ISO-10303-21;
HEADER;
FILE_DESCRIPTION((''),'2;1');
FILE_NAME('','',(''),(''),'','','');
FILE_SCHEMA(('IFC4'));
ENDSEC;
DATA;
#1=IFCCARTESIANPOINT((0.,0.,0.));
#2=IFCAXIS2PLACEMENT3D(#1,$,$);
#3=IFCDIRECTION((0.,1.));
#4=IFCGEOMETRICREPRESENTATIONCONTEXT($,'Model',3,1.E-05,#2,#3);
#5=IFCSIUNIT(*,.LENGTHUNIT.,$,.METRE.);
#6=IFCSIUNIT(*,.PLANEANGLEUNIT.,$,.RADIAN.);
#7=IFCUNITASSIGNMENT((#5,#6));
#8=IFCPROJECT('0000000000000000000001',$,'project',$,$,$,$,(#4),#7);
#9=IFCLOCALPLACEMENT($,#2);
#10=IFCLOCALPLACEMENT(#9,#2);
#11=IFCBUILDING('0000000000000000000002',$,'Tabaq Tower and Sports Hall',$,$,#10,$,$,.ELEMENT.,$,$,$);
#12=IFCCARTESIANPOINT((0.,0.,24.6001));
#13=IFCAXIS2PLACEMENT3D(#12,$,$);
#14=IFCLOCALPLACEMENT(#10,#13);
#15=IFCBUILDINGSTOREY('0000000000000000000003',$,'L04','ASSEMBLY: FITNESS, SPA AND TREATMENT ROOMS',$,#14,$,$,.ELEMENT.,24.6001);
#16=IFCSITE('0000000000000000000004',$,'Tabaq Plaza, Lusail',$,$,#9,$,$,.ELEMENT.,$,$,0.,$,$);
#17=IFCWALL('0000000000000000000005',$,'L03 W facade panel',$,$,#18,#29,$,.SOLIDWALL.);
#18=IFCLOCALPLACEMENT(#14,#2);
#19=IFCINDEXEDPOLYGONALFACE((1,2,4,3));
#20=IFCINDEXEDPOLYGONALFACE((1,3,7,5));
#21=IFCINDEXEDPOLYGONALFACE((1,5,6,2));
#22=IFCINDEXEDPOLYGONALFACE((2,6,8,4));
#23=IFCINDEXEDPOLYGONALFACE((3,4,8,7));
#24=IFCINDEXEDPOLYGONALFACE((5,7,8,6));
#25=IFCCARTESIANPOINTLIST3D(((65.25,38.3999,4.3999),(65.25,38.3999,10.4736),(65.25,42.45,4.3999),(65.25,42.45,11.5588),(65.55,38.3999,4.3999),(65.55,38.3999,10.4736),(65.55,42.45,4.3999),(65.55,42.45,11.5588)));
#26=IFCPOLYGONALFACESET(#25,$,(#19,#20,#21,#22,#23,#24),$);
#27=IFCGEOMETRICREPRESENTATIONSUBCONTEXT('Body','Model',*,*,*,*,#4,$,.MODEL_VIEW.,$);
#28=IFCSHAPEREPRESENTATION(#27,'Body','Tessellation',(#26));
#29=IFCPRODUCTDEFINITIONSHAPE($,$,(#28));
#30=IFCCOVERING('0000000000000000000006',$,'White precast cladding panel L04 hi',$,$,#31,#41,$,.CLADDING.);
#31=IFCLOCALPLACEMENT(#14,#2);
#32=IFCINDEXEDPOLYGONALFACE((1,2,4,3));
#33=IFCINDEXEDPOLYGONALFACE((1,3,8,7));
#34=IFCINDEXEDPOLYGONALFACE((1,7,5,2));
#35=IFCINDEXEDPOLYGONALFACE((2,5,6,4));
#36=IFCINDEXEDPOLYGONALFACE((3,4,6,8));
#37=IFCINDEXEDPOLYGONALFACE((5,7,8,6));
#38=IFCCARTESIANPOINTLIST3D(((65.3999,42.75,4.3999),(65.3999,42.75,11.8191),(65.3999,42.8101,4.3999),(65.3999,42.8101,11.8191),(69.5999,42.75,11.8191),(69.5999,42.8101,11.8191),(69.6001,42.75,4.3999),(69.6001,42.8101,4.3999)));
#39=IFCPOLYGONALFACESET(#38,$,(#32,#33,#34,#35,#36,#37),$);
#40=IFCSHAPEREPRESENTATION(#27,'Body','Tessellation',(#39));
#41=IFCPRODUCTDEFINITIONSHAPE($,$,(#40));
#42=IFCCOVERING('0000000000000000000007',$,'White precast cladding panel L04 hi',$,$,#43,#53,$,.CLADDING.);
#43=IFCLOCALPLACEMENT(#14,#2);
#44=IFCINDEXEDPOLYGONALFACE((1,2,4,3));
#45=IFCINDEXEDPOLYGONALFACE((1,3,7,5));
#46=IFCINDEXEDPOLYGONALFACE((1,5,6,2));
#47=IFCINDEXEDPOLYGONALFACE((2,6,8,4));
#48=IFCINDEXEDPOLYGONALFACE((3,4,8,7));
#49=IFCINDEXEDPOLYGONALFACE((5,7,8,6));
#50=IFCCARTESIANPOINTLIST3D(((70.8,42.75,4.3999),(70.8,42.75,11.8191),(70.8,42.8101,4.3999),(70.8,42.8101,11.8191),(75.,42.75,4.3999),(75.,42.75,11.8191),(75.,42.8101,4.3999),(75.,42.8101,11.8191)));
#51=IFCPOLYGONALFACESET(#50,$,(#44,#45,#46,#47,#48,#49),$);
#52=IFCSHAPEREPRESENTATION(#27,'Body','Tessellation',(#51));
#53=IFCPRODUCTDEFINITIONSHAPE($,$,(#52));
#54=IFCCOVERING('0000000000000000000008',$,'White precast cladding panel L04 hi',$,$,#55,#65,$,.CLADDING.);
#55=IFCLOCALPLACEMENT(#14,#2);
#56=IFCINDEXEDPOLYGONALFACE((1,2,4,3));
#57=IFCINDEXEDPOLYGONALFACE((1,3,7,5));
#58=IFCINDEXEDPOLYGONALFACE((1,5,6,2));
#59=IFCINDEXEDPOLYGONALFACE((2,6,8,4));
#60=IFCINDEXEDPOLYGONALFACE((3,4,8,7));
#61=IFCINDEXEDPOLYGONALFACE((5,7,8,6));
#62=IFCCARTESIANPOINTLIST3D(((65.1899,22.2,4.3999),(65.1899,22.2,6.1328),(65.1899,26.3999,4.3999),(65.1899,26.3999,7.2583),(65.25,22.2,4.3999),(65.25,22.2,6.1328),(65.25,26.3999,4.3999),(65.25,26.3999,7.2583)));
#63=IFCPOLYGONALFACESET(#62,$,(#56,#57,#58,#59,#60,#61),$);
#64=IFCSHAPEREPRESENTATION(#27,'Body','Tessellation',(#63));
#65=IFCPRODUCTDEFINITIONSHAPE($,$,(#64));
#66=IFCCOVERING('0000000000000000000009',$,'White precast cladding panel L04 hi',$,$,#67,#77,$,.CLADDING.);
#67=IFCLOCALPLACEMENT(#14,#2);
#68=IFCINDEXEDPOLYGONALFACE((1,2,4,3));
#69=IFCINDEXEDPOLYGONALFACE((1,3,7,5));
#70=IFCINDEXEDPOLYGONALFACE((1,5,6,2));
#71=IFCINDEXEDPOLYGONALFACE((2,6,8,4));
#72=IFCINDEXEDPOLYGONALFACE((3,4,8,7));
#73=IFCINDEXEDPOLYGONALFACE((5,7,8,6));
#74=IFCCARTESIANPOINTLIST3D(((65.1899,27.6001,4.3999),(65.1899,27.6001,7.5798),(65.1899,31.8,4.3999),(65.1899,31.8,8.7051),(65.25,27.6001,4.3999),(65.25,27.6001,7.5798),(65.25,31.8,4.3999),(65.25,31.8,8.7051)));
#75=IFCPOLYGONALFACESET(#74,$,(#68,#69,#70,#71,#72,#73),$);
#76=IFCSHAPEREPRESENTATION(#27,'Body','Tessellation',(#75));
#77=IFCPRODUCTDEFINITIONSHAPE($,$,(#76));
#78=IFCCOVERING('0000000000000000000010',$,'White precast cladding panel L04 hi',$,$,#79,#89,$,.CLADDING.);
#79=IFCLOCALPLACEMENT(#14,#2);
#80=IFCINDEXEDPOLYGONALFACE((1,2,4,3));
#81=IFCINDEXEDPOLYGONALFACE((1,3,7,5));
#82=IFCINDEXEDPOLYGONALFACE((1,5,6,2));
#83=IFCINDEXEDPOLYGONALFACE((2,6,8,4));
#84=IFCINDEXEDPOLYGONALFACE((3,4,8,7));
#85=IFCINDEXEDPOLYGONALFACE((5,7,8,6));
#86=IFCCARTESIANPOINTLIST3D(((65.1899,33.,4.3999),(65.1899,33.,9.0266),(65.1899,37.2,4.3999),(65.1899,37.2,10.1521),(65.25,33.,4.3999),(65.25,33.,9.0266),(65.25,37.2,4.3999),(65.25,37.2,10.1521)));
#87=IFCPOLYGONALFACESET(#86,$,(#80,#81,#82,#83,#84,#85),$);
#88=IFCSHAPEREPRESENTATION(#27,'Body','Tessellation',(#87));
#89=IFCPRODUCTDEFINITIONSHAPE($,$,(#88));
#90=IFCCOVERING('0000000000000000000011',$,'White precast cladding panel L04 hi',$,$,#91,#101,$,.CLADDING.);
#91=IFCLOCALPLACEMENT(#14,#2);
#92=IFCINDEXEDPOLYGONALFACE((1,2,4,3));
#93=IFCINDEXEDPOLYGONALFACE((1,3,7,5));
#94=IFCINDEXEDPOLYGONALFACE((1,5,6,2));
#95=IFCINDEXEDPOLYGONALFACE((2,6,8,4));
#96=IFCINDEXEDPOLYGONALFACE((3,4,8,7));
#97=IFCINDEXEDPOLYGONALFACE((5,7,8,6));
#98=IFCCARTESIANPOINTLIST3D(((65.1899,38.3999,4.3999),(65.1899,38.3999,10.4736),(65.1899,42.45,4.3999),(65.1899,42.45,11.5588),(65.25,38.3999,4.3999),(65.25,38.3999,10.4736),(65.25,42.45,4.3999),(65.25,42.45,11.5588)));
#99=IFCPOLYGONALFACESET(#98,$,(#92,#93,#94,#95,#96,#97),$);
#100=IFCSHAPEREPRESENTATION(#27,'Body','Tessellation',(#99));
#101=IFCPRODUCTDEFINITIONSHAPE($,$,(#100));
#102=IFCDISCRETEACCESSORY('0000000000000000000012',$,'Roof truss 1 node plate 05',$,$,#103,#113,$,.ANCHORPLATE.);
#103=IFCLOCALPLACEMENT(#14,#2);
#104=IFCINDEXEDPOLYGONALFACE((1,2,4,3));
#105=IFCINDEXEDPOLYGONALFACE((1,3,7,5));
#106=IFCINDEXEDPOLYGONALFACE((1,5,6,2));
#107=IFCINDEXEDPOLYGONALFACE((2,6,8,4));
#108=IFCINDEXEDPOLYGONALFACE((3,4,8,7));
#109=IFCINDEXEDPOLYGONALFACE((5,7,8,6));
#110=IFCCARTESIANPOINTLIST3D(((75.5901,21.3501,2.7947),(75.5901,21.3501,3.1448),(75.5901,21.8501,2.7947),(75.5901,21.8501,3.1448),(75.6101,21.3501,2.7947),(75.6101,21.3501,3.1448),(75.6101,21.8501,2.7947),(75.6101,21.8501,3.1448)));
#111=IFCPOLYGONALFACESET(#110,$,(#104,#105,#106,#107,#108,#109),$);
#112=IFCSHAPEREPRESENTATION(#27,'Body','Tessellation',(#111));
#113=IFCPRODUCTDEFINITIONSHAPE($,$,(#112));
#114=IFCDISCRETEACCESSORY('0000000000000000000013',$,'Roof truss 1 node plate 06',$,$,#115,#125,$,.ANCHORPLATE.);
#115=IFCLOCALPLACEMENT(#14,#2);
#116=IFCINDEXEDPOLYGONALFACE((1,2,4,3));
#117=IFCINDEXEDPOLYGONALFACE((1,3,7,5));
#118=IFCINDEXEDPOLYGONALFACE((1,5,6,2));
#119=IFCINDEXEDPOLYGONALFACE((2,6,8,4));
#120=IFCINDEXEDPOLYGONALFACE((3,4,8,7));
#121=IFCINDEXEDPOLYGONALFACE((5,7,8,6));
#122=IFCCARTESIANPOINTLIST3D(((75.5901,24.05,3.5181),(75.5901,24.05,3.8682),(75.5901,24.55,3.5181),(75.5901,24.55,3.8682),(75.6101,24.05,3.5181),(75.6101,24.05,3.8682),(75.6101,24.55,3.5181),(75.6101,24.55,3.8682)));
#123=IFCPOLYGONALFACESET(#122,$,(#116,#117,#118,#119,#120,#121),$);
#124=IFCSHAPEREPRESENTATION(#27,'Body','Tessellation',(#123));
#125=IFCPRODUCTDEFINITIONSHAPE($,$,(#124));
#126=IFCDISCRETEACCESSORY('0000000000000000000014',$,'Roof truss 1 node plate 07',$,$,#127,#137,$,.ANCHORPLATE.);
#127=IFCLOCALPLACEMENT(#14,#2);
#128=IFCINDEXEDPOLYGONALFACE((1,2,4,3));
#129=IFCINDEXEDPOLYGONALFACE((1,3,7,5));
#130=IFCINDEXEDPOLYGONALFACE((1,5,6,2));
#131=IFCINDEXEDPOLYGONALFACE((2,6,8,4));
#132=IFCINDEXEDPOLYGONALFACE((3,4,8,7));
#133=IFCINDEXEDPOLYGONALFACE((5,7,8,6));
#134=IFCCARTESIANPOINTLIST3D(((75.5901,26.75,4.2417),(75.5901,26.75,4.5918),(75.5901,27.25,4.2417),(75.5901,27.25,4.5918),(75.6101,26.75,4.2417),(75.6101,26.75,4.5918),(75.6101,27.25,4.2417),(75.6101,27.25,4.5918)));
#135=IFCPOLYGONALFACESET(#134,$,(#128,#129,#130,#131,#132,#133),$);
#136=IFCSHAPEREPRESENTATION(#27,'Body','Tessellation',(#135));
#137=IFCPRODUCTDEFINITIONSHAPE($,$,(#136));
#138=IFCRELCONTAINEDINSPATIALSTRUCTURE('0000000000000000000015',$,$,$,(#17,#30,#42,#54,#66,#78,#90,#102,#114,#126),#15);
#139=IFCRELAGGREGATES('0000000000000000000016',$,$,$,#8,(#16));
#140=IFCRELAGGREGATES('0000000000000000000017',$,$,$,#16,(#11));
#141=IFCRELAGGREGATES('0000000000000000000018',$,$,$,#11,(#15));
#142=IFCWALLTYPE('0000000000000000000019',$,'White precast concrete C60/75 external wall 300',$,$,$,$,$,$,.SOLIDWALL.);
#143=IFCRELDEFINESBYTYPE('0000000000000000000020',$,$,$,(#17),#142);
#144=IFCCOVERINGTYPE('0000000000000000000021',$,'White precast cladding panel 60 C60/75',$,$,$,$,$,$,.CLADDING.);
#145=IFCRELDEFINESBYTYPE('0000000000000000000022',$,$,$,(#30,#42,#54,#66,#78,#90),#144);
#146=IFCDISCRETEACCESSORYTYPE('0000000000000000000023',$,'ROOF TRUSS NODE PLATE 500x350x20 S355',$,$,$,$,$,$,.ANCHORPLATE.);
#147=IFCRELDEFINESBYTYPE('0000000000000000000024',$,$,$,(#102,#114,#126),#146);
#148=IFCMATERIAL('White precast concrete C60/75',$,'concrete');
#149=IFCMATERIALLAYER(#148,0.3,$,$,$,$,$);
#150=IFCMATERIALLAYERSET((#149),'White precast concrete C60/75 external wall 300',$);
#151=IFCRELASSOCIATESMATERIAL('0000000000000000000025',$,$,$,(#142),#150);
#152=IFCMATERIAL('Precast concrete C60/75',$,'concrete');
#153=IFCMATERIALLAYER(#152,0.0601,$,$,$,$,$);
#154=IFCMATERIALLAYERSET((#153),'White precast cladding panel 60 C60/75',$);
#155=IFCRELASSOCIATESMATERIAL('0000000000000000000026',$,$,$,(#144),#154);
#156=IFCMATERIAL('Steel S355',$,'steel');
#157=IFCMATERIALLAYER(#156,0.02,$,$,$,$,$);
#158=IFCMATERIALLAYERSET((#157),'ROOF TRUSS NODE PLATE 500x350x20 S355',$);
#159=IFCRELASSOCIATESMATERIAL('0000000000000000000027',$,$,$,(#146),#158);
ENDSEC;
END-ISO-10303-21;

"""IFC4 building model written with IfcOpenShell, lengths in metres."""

from ifc_helpers import new_model, si_unit, direction, frame, origin, origin_2d, place, context, subcontext, project, spatial, polyline, rectangle, outline, extrude, material, layer, layer_set, type_object, element, save


model = new_model("IFC4")

# Units and contexts
model_context = context("Model", 3, precision=1e-05, world=origin(), true_north=direction((0.0, 1.0)))
body_context = subcontext(model_context, "Body", "Model", "MODEL_VIEW")
ifc_project = project(units=[si_unit("LENGTHUNIT", "METRE"), si_unit("PLANEANGLEUNIT", "RADIAN")], contexts=[model_context])

# Site, building, storey
site_placement = place(None, origin())
site = spatial("IfcSite", under=ifc_project, at=site_placement, Name="Tabaq Plaza, Lusail", CompositionType="ELEMENT", RefElevation=0.0)
building_placement = place(site_placement, origin())
building = spatial("IfcBuilding", under=site, at=building_placement, Name="Tabaq Tower and Sports Hall", CompositionType="ELEMENT")
storey_placement = place(building_placement, frame((0.0, 0.0, 24.6001)))
storey = spatial("IfcBuildingStorey", under=building, at=storey_placement, Name="L04", Description="ASSEMBLY: FITNESS, SPA AND TREATMENT ROOMS", CompositionType="ELEMENT", Elevation=24.6001)

# Wall
ifc_material_1 = material(Name="White precast concrete C60/75", Category="concrete")
ifc_layer_1 = layer(ifc_material_1, 0.3)
ifc_layer_set_1 = layer_set([ifc_layer_1], Name="White precast concrete C60/75 external wall 300")
wall_type = type_object("IfcWallType", Name="White precast concrete C60/75 external wall 300", PredefinedType="SOLIDWALL", material=ifc_layer_set_1)
wall_1_placement = place(storey_placement, frame((65.3999, 38.3999, 4.3999), z_axis=(0.0, 0.0, 1.0), x_axis=(0.0, 1.0, 0.0)))
element("IfcWall", 1, at=wall_1_placement, inside=storey, type_object=wall_type, Name="L03 W facade panel", PredefinedType="SOLIDWALL", context=body_context, shape_type="SweptSolid", body=[
    extrude(outline(polyline([(0.0, 0.0), (4.05, 0.0), (4.05, 7.1589), (0.0, 6.0737), (0.0, 0.0)])), frame((0.0, 0.1499, 0.0), z_axis=(0.0, -1.0, 0.0), x_axis=(1.0, 0.0, 0.0)), (0.0, 0.0, 1.0), 0.3),
])

# Coverings
ifc_material_2 = material(Name="Precast concrete C60/75", Category="concrete")
ifc_layer_2 = layer(ifc_material_2, 0.0601)
ifc_layer_set_2 = layer_set([ifc_layer_2], Name="White precast cladding panel 60 C60/75")
covering_type = type_object("IfcCoveringType", Name="White precast cladding panel 60 C60/75", PredefinedType="CLADDING", material=ifc_layer_set_2)
covering_1_placement = place(storey_placement, frame((65.3999, 42.78, 4.3999), z_axis=(0.0, 0.0, 1.0), x_axis=(1.0, 0.0, 0.0)))
element("IfcCovering", 2, at=covering_1_placement, inside=storey, type_object=covering_type, Name="White precast cladding panel L04 hi", PredefinedType="CLADDING", context=body_context, shape_type="SweptSolid", body=[
    extrude(outline(polyline([(0.0, 0.0), (4.2002, 0.0), (4.2, 7.4192), (0.0, 7.4192), (0.0, 0.0)])), frame((0.0, 0.03, 0.0), z_axis=(0.0, -1.0, 0.0), x_axis=(1.0, 0.0, 0.0)), (0.0, 0.0, 1.0), 0.0601),
])
covering_2_placement = place(storey_placement, frame((70.8, 42.78, 4.3999), z_axis=(0.0, 0.0, 1.0), x_axis=(1.0, 0.0, 0.0)))
element("IfcCovering", 3, at=covering_2_placement, inside=storey, type_object=covering_type, Name="White precast cladding panel L04 hi", PredefinedType="CLADDING", context=body_context, shape_type="SweptSolid", body=[
    extrude(outline(polyline([(0.0, 0.0), (4.2, 0.0), (4.2, 7.4192), (0.0, 7.4192), (0.0, 0.0)])), frame((0.0, 0.03, 0.0), z_axis=(0.0, -1.0, 0.0), x_axis=(1.0, 0.0, 0.0)), (0.0, 0.0, 1.0), 0.0601),
])
covering_3_placement = place(storey_placement, frame((65.22, 22.2, 4.3999), z_axis=(0.0, 0.0, 1.0), x_axis=(0.0, 1.0, 0.0)))
element("IfcCovering", 4, at=covering_3_placement, inside=storey, type_object=covering_type, Name="White precast cladding panel L04 hi", PredefinedType="CLADDING", context=body_context, shape_type="SweptSolid", body=[
    extrude(outline(polyline([(0.0, 0.0), (4.2, 0.0), (4.2, 2.8584), (0.0, 1.7329), (0.0, 0.0)])), frame((0.0, 0.03, 0.0), z_axis=(0.0, -1.0, 0.0), x_axis=(1.0, 0.0, 0.0)), (0.0, 0.0, 1.0), 0.0601),
])
covering_4_placement = place(storey_placement, frame((65.22, 27.6001, 4.3999), z_axis=(0.0, 0.0, 1.0), x_axis=(0.0, 1.0, 0.0)))
element("IfcCovering", 5, at=covering_4_placement, inside=storey, type_object=covering_type, Name="White precast cladding panel L04 hi", PredefinedType="CLADDING", context=body_context, shape_type="SweptSolid", body=[
    extrude(outline(polyline([(0.0, 0.0), (4.2, 0.0), (4.2, 4.3052), (0.0, 3.1799), (0.0, 0.0)])), frame((0.0, 0.03, 0.0), z_axis=(0.0, -1.0, 0.0), x_axis=(1.0, 0.0, 0.0)), (0.0, 0.0, 1.0), 0.0601),
])
covering_5_placement = place(storey_placement, frame((65.22, 33.0, 4.3999), z_axis=(0.0, 0.0, 1.0), x_axis=(0.0, 1.0, 0.0)))
element("IfcCovering", 6, at=covering_5_placement, inside=storey, type_object=covering_type, Name="White precast cladding panel L04 hi", PredefinedType="CLADDING", context=body_context, shape_type="SweptSolid", body=[
    extrude(outline(polyline([(0.0, 0.0), (4.2, 0.0), (4.2, 5.7522), (0.0, 4.6267), (0.0, 0.0)])), frame((0.0, 0.03, 0.0), z_axis=(0.0, -1.0, 0.0), x_axis=(1.0, 0.0, 0.0)), (0.0, 0.0, 1.0), 0.0601),
])
covering_6_placement = place(storey_placement, frame((65.22, 38.3999, 4.3999), z_axis=(0.0, 0.0, 1.0), x_axis=(0.0, 1.0, 0.0)))
element("IfcCovering", 7, at=covering_6_placement, inside=storey, type_object=covering_type, Name="White precast cladding panel L04 hi", PredefinedType="CLADDING", context=body_context, shape_type="SweptSolid", body=[
    extrude(outline(polyline([(0.0, 0.0), (4.05, 0.0), (4.05, 7.1589), (0.0, 6.0737), (0.0, 0.0)])), frame((0.0, 0.03, 0.0), z_axis=(0.0, -1.0, 0.0), x_axis=(1.0, 0.0, 0.0)), (0.0, 0.0, 1.0), 0.0601),
])

# Discrete accessories
ifc_material_3 = material(Name="Steel S355", Category="steel")
ifc_layer_3 = layer(ifc_material_3, 0.02)
ifc_layer_set_3 = layer_set([ifc_layer_3], Name="ROOF TRUSS NODE PLATE 500x350x20 S355")
discrete_accessory_type = type_object("IfcDiscreteAccessoryType", Name="ROOF TRUSS NODE PLATE 500x350x20 S355", PredefinedType="ANCHORPLATE", material=ifc_layer_set_3)
for number, where, z_axis, x_axis, name in (
    (8, (75.6001, 21.6001, 2.7947), (0.0, 0.0, 1.0), (1.0, 0.0, 0.0), "Roof truss 1 node plate 05"),
    (9, (75.6001, 24.3, 3.5181), (0.0, 0.0, 1.0), (1.0, 0.0, 0.0), "Roof truss 1 node plate 06"),
    (10, (75.6001, 27.0, 4.2417), (0.0, 0.0, 1.0), (1.0, 0.0, 0.0), "Roof truss 1 node plate 07"),
):
    element("IfcDiscreteAccessory", number, at=place(storey_placement, frame(where, z_axis=z_axis, x_axis=x_axis)), inside=storey, type_object=discrete_accessory_type, Name=name, PredefinedType="ANCHORPLATE", context=body_context, shape_type="SweptSolid", body=[
        extrude(rectangle(XDim=0.02, YDim=0.5, at=origin_2d()), origin(), (0.0, 0.0, 1.0), 0.3501),
    ])

save(model, "model.ifc")
